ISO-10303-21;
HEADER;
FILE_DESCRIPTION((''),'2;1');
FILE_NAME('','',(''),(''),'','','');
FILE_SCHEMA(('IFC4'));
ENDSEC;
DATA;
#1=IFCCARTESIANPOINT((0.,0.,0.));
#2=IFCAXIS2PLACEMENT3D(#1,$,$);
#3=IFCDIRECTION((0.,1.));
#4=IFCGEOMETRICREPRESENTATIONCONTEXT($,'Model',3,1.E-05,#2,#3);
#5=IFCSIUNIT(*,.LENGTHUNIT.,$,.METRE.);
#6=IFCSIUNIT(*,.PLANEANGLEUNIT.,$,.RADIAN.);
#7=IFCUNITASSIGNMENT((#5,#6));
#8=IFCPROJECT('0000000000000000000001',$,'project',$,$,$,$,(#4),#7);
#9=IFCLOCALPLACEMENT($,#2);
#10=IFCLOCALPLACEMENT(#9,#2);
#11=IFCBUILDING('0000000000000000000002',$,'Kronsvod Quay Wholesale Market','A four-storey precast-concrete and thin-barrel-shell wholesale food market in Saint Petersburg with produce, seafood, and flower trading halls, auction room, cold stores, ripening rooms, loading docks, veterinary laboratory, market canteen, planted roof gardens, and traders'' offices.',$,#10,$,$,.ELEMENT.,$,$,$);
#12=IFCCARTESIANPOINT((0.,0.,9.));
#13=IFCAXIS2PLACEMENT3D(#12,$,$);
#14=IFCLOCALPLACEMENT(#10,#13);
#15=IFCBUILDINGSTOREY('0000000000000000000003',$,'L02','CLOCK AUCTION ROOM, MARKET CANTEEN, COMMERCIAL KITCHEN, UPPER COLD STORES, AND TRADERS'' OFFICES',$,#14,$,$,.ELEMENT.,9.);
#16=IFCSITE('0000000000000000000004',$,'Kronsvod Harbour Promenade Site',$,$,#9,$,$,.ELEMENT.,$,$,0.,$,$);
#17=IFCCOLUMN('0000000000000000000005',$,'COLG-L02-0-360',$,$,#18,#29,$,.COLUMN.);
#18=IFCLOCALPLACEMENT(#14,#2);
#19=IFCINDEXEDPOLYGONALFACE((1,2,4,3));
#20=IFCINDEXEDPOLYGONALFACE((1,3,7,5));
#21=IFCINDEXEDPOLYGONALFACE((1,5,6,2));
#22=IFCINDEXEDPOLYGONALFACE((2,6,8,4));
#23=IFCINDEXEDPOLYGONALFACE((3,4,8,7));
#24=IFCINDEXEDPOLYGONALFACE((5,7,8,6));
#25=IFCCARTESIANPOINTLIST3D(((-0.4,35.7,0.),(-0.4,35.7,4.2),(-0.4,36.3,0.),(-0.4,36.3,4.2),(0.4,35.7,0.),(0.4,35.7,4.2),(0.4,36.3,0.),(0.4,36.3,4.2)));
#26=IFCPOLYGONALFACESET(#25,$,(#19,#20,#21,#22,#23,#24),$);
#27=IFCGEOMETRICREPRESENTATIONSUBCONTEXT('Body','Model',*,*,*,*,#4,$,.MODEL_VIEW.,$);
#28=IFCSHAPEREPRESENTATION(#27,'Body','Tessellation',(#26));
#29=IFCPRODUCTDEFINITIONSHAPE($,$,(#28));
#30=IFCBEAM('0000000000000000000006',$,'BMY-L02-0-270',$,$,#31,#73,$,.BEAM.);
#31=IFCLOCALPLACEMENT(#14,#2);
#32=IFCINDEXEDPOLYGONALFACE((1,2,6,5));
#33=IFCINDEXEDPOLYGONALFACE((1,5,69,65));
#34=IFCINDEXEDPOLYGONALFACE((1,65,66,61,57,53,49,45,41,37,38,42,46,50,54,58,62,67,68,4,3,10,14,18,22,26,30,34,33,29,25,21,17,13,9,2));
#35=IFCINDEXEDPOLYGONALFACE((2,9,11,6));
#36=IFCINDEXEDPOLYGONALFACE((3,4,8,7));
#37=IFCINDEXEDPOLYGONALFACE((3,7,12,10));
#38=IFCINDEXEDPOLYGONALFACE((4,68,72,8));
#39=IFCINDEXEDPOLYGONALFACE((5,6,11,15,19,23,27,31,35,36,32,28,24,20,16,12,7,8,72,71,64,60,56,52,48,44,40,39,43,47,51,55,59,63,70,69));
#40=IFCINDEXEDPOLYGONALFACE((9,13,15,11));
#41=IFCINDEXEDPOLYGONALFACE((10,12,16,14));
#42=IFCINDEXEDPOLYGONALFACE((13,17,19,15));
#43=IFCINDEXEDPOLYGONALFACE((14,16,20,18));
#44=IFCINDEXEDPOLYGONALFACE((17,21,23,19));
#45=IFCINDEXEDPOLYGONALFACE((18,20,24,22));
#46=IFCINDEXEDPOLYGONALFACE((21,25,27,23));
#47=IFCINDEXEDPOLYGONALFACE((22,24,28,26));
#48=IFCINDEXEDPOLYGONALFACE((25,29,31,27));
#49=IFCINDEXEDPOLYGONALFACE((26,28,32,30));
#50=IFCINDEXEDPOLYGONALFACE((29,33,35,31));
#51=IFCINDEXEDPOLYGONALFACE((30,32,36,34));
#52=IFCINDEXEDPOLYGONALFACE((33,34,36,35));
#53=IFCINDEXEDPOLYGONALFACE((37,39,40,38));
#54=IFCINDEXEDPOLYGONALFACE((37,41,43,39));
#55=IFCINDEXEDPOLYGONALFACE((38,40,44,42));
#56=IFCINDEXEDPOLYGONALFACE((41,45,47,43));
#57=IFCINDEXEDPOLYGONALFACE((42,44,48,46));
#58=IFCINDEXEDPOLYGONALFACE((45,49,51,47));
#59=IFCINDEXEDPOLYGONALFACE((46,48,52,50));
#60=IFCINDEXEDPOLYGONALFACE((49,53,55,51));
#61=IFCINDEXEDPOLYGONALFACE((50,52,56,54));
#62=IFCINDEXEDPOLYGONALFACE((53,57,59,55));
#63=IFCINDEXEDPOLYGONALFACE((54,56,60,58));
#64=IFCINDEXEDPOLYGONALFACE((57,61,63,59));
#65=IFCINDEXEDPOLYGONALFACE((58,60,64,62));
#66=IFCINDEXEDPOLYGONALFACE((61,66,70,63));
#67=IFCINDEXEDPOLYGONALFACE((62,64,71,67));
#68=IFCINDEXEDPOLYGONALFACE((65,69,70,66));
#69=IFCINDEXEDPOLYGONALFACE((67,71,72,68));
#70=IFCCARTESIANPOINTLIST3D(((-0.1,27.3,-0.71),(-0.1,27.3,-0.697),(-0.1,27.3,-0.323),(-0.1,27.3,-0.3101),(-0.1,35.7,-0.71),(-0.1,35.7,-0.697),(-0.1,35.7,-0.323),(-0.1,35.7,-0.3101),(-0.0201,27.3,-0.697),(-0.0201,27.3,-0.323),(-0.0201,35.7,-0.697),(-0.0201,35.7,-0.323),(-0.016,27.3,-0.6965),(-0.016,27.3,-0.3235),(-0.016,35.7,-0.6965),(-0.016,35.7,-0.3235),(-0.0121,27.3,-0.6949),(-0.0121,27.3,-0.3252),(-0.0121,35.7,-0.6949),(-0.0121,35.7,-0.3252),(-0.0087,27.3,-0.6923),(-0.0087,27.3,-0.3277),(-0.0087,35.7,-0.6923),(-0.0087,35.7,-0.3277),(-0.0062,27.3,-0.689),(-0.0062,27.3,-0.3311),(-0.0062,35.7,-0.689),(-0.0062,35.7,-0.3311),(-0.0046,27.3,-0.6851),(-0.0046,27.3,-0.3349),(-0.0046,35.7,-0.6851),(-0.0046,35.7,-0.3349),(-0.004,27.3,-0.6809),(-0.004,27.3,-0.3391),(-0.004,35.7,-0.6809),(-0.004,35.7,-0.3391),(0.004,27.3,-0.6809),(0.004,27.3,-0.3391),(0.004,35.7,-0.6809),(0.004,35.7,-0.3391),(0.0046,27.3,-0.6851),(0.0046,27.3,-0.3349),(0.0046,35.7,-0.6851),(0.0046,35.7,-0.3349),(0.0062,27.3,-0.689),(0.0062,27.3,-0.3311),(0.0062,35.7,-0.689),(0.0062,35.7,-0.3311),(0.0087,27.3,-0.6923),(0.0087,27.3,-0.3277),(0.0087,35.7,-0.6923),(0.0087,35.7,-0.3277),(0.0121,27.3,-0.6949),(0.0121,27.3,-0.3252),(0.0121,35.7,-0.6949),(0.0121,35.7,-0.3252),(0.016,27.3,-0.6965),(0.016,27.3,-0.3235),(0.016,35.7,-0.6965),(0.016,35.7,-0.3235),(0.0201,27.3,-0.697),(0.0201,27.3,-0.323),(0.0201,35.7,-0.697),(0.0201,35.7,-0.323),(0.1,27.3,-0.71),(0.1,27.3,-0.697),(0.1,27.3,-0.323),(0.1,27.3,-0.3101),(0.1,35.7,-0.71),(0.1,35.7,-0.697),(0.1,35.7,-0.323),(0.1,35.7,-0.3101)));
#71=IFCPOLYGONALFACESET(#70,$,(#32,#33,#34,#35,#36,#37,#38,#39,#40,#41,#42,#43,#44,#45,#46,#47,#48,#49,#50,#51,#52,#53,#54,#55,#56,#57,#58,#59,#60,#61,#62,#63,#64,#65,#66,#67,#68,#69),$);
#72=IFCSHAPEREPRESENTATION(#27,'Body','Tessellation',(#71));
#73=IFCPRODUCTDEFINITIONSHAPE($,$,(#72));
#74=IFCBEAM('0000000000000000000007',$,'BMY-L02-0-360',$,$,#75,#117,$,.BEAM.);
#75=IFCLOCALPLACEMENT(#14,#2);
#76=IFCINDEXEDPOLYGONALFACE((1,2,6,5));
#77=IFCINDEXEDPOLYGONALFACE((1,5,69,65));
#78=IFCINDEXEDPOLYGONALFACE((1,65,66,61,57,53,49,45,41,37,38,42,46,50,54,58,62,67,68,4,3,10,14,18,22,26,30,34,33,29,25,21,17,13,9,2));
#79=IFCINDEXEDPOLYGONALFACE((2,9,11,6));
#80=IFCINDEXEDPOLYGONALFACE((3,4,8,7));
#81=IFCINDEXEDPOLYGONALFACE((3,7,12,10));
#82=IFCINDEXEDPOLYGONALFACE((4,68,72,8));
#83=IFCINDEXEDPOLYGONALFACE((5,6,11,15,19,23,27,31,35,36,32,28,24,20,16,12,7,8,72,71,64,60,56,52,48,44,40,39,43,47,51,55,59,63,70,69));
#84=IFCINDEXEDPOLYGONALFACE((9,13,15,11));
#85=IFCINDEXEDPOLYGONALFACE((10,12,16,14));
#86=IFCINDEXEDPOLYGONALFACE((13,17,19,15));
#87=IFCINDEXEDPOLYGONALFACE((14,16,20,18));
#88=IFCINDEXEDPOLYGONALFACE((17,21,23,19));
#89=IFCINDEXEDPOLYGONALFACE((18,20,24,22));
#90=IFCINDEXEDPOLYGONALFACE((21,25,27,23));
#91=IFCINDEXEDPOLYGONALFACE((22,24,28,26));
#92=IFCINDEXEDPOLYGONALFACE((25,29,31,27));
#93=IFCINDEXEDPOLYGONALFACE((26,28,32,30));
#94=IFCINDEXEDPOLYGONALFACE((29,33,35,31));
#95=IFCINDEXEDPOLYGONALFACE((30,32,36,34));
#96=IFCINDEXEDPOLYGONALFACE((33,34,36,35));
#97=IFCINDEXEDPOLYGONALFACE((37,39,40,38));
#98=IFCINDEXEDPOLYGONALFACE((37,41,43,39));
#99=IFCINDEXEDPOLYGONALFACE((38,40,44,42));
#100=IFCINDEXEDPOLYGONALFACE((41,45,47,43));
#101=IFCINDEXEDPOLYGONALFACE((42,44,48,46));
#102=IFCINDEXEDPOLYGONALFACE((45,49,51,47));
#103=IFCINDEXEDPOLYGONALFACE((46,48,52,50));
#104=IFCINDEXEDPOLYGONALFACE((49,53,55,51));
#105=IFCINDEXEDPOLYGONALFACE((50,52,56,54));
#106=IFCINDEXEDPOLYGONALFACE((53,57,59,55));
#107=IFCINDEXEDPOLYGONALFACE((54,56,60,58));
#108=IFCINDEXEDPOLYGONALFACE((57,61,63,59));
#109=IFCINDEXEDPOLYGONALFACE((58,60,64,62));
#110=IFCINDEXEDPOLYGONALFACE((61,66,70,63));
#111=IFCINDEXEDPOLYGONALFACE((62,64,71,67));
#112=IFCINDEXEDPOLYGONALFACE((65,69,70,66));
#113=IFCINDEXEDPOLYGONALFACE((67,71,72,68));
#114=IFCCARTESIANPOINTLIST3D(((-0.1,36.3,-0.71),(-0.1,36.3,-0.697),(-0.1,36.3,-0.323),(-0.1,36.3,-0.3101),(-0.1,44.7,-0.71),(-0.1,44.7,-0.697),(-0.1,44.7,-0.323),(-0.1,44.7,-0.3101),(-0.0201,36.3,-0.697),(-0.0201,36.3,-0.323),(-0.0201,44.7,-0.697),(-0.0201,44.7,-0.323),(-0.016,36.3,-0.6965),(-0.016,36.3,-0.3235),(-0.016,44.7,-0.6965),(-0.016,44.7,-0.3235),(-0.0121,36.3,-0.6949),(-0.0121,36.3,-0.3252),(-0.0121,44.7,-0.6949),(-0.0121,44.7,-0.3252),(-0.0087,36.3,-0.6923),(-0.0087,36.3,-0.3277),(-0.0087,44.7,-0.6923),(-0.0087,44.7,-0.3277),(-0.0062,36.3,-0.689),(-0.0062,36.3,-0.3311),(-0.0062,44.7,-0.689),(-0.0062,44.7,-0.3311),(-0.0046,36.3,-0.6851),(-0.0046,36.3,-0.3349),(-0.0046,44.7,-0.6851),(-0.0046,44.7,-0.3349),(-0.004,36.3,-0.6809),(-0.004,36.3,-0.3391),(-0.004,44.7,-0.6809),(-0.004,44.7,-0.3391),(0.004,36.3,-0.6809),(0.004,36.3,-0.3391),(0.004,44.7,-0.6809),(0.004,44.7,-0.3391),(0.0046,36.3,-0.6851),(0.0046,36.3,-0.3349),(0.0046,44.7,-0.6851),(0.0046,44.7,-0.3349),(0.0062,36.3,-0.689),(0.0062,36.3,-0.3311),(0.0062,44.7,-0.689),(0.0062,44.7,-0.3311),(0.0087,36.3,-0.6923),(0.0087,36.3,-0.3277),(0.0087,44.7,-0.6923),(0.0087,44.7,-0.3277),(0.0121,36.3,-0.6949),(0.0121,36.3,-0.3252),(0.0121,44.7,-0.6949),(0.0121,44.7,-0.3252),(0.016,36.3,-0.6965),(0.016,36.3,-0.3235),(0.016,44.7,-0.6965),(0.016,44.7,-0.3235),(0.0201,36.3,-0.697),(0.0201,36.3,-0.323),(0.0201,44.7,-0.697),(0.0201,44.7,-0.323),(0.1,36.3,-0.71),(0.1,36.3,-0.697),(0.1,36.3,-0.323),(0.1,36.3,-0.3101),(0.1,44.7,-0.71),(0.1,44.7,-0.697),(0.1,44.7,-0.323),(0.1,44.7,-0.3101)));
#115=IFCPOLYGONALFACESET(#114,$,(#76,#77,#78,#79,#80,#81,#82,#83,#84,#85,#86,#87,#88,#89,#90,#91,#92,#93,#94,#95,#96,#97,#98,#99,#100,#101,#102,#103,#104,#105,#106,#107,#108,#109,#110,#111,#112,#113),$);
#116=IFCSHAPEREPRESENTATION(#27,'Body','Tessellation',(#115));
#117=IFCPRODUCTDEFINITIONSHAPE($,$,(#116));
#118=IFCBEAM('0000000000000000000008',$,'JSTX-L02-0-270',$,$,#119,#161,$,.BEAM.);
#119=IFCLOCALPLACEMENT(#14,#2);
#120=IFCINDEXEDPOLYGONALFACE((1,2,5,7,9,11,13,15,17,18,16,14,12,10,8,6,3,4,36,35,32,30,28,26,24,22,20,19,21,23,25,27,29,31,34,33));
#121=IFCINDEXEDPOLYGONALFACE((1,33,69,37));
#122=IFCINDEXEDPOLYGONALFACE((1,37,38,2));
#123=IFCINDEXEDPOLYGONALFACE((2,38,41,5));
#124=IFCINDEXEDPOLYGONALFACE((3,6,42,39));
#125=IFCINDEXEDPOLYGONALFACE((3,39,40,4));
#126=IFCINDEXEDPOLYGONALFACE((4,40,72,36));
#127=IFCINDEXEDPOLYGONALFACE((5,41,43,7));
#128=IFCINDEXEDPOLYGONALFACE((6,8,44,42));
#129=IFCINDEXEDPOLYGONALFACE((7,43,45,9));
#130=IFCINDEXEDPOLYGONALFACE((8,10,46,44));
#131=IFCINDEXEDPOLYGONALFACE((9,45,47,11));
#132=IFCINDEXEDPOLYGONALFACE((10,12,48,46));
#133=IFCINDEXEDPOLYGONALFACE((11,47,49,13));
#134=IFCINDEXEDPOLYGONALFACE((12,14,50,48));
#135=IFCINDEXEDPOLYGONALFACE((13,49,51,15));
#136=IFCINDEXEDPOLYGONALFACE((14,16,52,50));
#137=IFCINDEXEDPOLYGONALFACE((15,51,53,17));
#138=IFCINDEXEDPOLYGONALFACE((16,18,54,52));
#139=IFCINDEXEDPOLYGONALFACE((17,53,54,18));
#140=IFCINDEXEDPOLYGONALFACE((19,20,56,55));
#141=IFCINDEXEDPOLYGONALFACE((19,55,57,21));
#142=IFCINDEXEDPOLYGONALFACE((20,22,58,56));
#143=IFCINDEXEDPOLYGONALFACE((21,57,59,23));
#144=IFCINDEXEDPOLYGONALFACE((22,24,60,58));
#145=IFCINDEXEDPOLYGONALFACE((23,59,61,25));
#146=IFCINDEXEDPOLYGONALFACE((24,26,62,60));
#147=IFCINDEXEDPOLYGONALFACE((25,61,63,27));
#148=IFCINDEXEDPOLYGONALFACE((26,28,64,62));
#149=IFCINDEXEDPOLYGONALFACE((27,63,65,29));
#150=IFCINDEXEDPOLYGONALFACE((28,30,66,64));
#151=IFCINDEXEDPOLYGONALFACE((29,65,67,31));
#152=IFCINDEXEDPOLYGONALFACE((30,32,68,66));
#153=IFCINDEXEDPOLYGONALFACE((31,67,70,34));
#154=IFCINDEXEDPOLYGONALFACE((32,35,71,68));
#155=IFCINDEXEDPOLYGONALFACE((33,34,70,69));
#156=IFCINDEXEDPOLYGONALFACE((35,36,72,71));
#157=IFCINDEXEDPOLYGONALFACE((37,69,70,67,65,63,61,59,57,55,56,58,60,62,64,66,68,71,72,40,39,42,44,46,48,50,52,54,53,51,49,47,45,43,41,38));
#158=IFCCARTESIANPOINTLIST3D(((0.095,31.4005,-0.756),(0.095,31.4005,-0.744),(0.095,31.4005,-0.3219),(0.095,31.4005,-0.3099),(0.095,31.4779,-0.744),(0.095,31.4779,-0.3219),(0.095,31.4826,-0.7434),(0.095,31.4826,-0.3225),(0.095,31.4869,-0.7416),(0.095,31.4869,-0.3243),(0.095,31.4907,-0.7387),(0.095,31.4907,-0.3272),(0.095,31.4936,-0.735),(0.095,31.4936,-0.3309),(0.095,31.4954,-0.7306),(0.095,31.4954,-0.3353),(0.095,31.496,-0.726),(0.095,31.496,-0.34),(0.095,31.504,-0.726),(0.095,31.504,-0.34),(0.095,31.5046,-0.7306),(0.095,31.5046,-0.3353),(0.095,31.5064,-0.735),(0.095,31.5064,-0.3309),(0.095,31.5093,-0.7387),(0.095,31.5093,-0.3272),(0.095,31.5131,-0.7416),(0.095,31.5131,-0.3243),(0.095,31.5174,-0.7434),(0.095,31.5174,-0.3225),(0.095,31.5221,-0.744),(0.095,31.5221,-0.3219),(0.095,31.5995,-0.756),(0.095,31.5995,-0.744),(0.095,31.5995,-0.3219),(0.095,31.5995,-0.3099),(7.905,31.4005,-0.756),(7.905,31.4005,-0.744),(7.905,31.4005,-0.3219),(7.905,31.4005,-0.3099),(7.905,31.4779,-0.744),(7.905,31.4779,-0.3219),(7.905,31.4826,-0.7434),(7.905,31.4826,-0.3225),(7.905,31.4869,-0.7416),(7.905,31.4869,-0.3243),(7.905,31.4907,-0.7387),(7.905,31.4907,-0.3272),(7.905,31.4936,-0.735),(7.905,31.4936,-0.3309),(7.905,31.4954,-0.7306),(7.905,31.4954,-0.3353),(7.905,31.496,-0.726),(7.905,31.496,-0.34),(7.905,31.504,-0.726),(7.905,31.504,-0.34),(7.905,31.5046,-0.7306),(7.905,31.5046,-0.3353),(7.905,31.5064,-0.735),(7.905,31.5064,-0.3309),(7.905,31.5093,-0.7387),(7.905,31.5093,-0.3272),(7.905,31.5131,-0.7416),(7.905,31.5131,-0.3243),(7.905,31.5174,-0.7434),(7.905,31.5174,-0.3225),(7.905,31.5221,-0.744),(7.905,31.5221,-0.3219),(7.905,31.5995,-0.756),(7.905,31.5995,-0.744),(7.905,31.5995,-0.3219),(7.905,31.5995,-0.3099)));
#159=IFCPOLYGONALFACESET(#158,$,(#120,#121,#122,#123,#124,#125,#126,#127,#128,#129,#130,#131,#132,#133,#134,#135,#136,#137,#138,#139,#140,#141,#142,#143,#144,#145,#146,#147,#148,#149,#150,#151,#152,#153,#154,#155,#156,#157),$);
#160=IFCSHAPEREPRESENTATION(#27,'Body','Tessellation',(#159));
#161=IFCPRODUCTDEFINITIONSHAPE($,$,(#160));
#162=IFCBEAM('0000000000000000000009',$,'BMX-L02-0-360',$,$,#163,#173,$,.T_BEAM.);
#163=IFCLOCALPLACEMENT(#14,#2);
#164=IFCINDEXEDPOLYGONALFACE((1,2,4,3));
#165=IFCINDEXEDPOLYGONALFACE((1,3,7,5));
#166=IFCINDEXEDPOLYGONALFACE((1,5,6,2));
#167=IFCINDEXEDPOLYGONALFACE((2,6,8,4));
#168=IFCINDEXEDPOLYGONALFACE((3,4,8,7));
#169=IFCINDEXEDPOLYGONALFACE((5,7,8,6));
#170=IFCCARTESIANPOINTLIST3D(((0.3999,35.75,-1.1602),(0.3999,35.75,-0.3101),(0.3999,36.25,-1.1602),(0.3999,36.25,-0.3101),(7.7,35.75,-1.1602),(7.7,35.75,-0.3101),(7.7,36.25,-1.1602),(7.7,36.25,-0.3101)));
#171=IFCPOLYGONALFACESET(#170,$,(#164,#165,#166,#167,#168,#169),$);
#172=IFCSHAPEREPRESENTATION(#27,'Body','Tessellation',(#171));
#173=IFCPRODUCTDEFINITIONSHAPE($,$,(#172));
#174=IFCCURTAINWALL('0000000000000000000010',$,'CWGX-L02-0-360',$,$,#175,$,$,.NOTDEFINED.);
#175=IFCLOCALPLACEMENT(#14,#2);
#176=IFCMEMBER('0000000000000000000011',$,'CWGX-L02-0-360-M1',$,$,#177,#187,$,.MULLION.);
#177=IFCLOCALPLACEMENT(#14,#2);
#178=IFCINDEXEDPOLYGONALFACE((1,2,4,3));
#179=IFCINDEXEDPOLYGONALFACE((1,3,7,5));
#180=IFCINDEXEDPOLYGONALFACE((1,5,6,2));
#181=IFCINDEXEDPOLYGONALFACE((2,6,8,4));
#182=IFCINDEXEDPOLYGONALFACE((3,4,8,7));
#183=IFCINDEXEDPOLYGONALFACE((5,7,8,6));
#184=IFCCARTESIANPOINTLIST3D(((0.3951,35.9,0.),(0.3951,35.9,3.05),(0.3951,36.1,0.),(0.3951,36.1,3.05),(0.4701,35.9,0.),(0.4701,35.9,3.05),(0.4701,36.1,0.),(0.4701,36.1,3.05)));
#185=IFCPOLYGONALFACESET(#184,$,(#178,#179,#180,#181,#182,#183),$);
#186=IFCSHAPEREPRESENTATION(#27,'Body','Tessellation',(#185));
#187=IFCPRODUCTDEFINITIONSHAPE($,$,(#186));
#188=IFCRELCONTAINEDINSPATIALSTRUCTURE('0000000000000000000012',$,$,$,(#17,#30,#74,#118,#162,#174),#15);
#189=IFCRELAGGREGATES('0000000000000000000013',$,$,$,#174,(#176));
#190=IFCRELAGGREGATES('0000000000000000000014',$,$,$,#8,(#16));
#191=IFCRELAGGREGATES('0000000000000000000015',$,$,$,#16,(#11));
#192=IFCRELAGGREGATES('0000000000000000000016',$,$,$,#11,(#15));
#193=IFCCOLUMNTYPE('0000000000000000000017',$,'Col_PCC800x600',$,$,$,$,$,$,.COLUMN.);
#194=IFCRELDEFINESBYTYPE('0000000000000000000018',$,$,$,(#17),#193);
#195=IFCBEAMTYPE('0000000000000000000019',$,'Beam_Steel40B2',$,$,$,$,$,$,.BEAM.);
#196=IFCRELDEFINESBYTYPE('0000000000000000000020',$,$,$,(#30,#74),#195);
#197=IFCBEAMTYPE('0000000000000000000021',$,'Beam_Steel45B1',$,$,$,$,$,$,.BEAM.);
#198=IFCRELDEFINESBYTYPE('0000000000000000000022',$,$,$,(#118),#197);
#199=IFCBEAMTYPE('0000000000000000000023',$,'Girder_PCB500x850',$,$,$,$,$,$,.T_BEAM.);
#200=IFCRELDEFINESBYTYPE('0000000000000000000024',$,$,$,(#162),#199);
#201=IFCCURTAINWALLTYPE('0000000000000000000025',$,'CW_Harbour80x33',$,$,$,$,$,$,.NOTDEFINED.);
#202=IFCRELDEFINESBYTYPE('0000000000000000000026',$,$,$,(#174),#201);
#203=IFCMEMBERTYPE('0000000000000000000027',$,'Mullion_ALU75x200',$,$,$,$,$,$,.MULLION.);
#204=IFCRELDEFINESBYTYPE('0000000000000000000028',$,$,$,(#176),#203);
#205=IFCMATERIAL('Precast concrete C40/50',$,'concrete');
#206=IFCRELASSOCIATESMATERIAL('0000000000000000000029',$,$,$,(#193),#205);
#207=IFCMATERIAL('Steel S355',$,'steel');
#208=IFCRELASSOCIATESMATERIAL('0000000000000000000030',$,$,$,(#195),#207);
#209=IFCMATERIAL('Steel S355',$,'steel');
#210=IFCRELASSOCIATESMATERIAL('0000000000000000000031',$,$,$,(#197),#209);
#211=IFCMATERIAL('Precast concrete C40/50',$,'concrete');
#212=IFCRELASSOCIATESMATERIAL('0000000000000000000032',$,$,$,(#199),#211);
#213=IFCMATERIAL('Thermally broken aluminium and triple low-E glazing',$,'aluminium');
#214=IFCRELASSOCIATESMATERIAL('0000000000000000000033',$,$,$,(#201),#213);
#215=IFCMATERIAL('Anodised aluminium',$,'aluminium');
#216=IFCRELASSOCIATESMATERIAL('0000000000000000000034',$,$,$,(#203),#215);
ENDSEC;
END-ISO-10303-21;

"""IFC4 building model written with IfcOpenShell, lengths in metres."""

from ifc_helpers import new_model, si_unit, direction, frame, origin, origin_2d, place, context, subcontext, project, spatial, rectangle, i_section, extrude, material, material_profile, profile_set, type_object, element, aggregate, save


model = new_model("IFC4")

# Units and contexts
model_context = context("Model", 3, precision=1e-05, world=origin(), true_north=direction((0.0, 1.0)))
body_context = subcontext(model_context, "Body", "Model", "MODEL_VIEW")
ifc_project = project(units=[si_unit("LENGTHUNIT", "METRE"), si_unit("PLANEANGLEUNIT", "RADIAN")], contexts=[model_context])

# Site, building, storey
site_placement = place(None, origin())
site = spatial("IfcSite", under=ifc_project, at=site_placement, Name="Kronsvod Harbour Promenade Site", CompositionType="ELEMENT", RefElevation=0.0)
building_placement = place(site_placement, origin())
building = spatial("IfcBuilding", under=site, at=building_placement, Name="Kronsvod Quay Wholesale Market", Description="A four-storey precast-concrete and thin-barrel-shell wholesale food market in Saint Petersburg with produce, seafood, and flower trading halls, auction room, cold stores, ripening rooms, loading docks, veterinary laboratory, market canteen, planted roof gardens, and traders' offices.", CompositionType="ELEMENT")
storey_placement = place(building_placement, frame((0.0, 0.0, 9.0)))
storey = spatial("IfcBuildingStorey", under=building, at=storey_placement, Name="L02", Description="CLOCK AUCTION ROOM, MARKET CANTEEN, COMMERCIAL KITCHEN, UPPER COLD STORES, AND TRADERS' OFFICES", CompositionType="ELEMENT", Elevation=9.0)

# Column
ifc_material_1 = material(Name="Precast concrete C40/50", Category="concrete")
ifc_material_profile_1 = material_profile(ifc_material_1, rectangle(XDim=0.8, YDim=0.6001, at=origin_2d()), Name="PCC800x600")
ifc_profile_set_1 = profile_set([ifc_material_profile_1], Name="Precast concrete C40/50")
column_type = type_object("IfcColumnType", Name="Col_PCC800x600", PredefinedType="COLUMN", material=ifc_profile_set_1)
column_placement = place(storey_placement, frame((0.0, 36.0, 0.0), z_axis=(0.0, 0.0, 1.0), x_axis=(1.0, 0.0, 0.0)))
element("IfcColumn", 1, at=column_placement, inside=storey, type_object=column_type, Name="COLG-L02-0-360", PredefinedType="COLUMN", context=body_context, shape_type="SweptSolid", body=[
    extrude(rectangle(XDim=0.8, YDim=0.6001, at=origin_2d()), origin(), (0.0, 0.0, 1.0), 4.2),
])

# Beams
ifc_material_2 = material(Name="Steel S355", Category="steel")
ifc_material_profile_2 = material_profile(ifc_material_2, i_section(OverallWidth=0.2, OverallDepth=0.3999, WebThickness=0.0081, FlangeThickness=0.0129, FilletRadius=0.0161, at=origin_2d()), Name="40B2")
ifc_profile_set_2 = profile_set([ifc_material_profile_2], Name="Steel S355")
beam_type_1 = type_object("IfcBeamType", Name="Beam_Steel40B2", PredefinedType="BEAM", material=ifc_profile_set_2)
for number, where, z_axis, x_axis, name in (
    (2, (0.0, 27.3, -0.51), (0.0, 1.0, 0.0), (-1.0, 0.0, 0.0), "BMY-L02-0-270"),
    (3, (0.0, 36.3, -0.51), (0.0, 1.0, 0.0), (-1.0, 0.0, 0.0), "BMY-L02-0-360"),
):
    element("IfcBeam", number, at=place(storey_placement, frame(where, z_axis=z_axis, x_axis=x_axis)), inside=storey, type_object=beam_type_1, Name=name, PredefinedType="BEAM", context=body_context, shape_type="SweptSolid", body=[
        extrude(i_section(OverallWidth=0.2, OverallDepth=0.3999, WebThickness=0.0081, FlangeThickness=0.0129, FilletRadius=0.0161, at=origin_2d()), origin(), (0.0, 0.0, 1.0), 8.3999),
    ])
ifc_material_3 = material(Name="Steel S355", Category="steel")
ifc_material_profile_3 = material_profile(ifc_material_3, i_section(OverallWidth=0.199, OverallDepth=0.446, WebThickness=0.0081, FlangeThickness=0.012, FilletRadius=0.0181, at=origin_2d()), Name="45B1")
ifc_profile_set_3 = profile_set([ifc_material_profile_3], Name="Steel S355")
beam_type_2 = type_object("IfcBeamType", Name="Beam_Steel45B1", PredefinedType="BEAM", material=ifc_profile_set_3)
beam_1_placement = place(storey_placement, frame((0.095, 31.5, -0.533), z_axis=(1.0, 0.0, 0.0), x_axis=(0.0, 1.0, 0.0)))
element("IfcBeam", 4, at=beam_1_placement, inside=storey, type_object=beam_type_2, Name="JSTX-L02-0-270", PredefinedType="BEAM", context=body_context, shape_type="SweptSolid", body=[
    extrude(i_section(OverallWidth=0.199, OverallDepth=0.446, WebThickness=0.0081, FlangeThickness=0.012, FilletRadius=0.0181, at=origin_2d()), origin(), (0.0, 0.0, 1.0), 7.8101),
])
ifc_material_4 = material(Name="Precast concrete C40/50", Category="concrete")
ifc_material_profile_4 = material_profile(ifc_material_4, rectangle(XDim=0.5, YDim=0.8501, at=origin_2d()), Name="PCB500x850")
ifc_profile_set_4 = profile_set([ifc_material_profile_4], Name="Precast concrete C40/50")
beam_type_3 = type_object("IfcBeamType", Name="Girder_PCB500x850", PredefinedType="T_BEAM", material=ifc_profile_set_4)
beam_2_placement = place(storey_placement, frame((0.3999, 36.0, -0.7351), z_axis=(1.0, 0.0, 0.0), x_axis=(0.0, 1.0, 0.0)))
element("IfcBeam", 5, at=beam_2_placement, inside=storey, type_object=beam_type_3, Name="BMX-L02-0-360", PredefinedType="T_BEAM", context=body_context, shape_type="SweptSolid", body=[
    extrude(rectangle(XDim=0.5, YDim=0.8501, at=origin_2d()), origin(), (0.0, 0.0, 1.0), 7.3),
])

# Curtain wall, member
ifc_material_5 = material(Name="Thermally broken aluminium and triple low-E glazing", Category="aluminium")
curtain_wall_type_1 = type_object("IfcCurtainWallType", Name="CW_Harbour80x33", PredefinedType="NOTDEFINED", material=ifc_material_5)
curtain_wall_1_placement = place(storey_placement, origin())
curtain_wall_1 = element("IfcCurtainWall", 6, at=curtain_wall_1_placement, inside=storey, type_object=curtain_wall_type_1, Name="CWGX-L02-0-360", PredefinedType="NOTDEFINED")
ifc_material_6 = material(Name="Anodised aluminium", Category="aluminium")
ifc_material_profile_5 = material_profile(ifc_material_6, rectangle(XDim=0.075, YDim=0.2, at=origin_2d()), Name="ALUM75x200")
ifc_profile_set_5 = profile_set([ifc_material_profile_5], Name="Anodised aluminium")
member_type_1 = type_object("IfcMemberType", Name="Mullion_ALU75x200", PredefinedType="MULLION", material=ifc_profile_set_5)
member_1_placement = place(storey_placement, frame((0.4326, 36.0, 0.0), z_axis=(0.0, 0.0, 1.0), x_axis=(1.0, 0.0, 0.0)))
member_1 = element("IfcMember", 7, at=member_1_placement, type_object=member_type_1, Name="CWGX-L02-0-360-M1", PredefinedType="MULLION", context=body_context, shape_type="SweptSolid", body=[
    extrude(rectangle(XDim=0.075, YDim=0.2, at=origin_2d()), origin(), (0.0, 0.0, 1.0), 3.05),
])

aggregate(curtain_wall_1, [member_1])

save(model, "model.ifc")
